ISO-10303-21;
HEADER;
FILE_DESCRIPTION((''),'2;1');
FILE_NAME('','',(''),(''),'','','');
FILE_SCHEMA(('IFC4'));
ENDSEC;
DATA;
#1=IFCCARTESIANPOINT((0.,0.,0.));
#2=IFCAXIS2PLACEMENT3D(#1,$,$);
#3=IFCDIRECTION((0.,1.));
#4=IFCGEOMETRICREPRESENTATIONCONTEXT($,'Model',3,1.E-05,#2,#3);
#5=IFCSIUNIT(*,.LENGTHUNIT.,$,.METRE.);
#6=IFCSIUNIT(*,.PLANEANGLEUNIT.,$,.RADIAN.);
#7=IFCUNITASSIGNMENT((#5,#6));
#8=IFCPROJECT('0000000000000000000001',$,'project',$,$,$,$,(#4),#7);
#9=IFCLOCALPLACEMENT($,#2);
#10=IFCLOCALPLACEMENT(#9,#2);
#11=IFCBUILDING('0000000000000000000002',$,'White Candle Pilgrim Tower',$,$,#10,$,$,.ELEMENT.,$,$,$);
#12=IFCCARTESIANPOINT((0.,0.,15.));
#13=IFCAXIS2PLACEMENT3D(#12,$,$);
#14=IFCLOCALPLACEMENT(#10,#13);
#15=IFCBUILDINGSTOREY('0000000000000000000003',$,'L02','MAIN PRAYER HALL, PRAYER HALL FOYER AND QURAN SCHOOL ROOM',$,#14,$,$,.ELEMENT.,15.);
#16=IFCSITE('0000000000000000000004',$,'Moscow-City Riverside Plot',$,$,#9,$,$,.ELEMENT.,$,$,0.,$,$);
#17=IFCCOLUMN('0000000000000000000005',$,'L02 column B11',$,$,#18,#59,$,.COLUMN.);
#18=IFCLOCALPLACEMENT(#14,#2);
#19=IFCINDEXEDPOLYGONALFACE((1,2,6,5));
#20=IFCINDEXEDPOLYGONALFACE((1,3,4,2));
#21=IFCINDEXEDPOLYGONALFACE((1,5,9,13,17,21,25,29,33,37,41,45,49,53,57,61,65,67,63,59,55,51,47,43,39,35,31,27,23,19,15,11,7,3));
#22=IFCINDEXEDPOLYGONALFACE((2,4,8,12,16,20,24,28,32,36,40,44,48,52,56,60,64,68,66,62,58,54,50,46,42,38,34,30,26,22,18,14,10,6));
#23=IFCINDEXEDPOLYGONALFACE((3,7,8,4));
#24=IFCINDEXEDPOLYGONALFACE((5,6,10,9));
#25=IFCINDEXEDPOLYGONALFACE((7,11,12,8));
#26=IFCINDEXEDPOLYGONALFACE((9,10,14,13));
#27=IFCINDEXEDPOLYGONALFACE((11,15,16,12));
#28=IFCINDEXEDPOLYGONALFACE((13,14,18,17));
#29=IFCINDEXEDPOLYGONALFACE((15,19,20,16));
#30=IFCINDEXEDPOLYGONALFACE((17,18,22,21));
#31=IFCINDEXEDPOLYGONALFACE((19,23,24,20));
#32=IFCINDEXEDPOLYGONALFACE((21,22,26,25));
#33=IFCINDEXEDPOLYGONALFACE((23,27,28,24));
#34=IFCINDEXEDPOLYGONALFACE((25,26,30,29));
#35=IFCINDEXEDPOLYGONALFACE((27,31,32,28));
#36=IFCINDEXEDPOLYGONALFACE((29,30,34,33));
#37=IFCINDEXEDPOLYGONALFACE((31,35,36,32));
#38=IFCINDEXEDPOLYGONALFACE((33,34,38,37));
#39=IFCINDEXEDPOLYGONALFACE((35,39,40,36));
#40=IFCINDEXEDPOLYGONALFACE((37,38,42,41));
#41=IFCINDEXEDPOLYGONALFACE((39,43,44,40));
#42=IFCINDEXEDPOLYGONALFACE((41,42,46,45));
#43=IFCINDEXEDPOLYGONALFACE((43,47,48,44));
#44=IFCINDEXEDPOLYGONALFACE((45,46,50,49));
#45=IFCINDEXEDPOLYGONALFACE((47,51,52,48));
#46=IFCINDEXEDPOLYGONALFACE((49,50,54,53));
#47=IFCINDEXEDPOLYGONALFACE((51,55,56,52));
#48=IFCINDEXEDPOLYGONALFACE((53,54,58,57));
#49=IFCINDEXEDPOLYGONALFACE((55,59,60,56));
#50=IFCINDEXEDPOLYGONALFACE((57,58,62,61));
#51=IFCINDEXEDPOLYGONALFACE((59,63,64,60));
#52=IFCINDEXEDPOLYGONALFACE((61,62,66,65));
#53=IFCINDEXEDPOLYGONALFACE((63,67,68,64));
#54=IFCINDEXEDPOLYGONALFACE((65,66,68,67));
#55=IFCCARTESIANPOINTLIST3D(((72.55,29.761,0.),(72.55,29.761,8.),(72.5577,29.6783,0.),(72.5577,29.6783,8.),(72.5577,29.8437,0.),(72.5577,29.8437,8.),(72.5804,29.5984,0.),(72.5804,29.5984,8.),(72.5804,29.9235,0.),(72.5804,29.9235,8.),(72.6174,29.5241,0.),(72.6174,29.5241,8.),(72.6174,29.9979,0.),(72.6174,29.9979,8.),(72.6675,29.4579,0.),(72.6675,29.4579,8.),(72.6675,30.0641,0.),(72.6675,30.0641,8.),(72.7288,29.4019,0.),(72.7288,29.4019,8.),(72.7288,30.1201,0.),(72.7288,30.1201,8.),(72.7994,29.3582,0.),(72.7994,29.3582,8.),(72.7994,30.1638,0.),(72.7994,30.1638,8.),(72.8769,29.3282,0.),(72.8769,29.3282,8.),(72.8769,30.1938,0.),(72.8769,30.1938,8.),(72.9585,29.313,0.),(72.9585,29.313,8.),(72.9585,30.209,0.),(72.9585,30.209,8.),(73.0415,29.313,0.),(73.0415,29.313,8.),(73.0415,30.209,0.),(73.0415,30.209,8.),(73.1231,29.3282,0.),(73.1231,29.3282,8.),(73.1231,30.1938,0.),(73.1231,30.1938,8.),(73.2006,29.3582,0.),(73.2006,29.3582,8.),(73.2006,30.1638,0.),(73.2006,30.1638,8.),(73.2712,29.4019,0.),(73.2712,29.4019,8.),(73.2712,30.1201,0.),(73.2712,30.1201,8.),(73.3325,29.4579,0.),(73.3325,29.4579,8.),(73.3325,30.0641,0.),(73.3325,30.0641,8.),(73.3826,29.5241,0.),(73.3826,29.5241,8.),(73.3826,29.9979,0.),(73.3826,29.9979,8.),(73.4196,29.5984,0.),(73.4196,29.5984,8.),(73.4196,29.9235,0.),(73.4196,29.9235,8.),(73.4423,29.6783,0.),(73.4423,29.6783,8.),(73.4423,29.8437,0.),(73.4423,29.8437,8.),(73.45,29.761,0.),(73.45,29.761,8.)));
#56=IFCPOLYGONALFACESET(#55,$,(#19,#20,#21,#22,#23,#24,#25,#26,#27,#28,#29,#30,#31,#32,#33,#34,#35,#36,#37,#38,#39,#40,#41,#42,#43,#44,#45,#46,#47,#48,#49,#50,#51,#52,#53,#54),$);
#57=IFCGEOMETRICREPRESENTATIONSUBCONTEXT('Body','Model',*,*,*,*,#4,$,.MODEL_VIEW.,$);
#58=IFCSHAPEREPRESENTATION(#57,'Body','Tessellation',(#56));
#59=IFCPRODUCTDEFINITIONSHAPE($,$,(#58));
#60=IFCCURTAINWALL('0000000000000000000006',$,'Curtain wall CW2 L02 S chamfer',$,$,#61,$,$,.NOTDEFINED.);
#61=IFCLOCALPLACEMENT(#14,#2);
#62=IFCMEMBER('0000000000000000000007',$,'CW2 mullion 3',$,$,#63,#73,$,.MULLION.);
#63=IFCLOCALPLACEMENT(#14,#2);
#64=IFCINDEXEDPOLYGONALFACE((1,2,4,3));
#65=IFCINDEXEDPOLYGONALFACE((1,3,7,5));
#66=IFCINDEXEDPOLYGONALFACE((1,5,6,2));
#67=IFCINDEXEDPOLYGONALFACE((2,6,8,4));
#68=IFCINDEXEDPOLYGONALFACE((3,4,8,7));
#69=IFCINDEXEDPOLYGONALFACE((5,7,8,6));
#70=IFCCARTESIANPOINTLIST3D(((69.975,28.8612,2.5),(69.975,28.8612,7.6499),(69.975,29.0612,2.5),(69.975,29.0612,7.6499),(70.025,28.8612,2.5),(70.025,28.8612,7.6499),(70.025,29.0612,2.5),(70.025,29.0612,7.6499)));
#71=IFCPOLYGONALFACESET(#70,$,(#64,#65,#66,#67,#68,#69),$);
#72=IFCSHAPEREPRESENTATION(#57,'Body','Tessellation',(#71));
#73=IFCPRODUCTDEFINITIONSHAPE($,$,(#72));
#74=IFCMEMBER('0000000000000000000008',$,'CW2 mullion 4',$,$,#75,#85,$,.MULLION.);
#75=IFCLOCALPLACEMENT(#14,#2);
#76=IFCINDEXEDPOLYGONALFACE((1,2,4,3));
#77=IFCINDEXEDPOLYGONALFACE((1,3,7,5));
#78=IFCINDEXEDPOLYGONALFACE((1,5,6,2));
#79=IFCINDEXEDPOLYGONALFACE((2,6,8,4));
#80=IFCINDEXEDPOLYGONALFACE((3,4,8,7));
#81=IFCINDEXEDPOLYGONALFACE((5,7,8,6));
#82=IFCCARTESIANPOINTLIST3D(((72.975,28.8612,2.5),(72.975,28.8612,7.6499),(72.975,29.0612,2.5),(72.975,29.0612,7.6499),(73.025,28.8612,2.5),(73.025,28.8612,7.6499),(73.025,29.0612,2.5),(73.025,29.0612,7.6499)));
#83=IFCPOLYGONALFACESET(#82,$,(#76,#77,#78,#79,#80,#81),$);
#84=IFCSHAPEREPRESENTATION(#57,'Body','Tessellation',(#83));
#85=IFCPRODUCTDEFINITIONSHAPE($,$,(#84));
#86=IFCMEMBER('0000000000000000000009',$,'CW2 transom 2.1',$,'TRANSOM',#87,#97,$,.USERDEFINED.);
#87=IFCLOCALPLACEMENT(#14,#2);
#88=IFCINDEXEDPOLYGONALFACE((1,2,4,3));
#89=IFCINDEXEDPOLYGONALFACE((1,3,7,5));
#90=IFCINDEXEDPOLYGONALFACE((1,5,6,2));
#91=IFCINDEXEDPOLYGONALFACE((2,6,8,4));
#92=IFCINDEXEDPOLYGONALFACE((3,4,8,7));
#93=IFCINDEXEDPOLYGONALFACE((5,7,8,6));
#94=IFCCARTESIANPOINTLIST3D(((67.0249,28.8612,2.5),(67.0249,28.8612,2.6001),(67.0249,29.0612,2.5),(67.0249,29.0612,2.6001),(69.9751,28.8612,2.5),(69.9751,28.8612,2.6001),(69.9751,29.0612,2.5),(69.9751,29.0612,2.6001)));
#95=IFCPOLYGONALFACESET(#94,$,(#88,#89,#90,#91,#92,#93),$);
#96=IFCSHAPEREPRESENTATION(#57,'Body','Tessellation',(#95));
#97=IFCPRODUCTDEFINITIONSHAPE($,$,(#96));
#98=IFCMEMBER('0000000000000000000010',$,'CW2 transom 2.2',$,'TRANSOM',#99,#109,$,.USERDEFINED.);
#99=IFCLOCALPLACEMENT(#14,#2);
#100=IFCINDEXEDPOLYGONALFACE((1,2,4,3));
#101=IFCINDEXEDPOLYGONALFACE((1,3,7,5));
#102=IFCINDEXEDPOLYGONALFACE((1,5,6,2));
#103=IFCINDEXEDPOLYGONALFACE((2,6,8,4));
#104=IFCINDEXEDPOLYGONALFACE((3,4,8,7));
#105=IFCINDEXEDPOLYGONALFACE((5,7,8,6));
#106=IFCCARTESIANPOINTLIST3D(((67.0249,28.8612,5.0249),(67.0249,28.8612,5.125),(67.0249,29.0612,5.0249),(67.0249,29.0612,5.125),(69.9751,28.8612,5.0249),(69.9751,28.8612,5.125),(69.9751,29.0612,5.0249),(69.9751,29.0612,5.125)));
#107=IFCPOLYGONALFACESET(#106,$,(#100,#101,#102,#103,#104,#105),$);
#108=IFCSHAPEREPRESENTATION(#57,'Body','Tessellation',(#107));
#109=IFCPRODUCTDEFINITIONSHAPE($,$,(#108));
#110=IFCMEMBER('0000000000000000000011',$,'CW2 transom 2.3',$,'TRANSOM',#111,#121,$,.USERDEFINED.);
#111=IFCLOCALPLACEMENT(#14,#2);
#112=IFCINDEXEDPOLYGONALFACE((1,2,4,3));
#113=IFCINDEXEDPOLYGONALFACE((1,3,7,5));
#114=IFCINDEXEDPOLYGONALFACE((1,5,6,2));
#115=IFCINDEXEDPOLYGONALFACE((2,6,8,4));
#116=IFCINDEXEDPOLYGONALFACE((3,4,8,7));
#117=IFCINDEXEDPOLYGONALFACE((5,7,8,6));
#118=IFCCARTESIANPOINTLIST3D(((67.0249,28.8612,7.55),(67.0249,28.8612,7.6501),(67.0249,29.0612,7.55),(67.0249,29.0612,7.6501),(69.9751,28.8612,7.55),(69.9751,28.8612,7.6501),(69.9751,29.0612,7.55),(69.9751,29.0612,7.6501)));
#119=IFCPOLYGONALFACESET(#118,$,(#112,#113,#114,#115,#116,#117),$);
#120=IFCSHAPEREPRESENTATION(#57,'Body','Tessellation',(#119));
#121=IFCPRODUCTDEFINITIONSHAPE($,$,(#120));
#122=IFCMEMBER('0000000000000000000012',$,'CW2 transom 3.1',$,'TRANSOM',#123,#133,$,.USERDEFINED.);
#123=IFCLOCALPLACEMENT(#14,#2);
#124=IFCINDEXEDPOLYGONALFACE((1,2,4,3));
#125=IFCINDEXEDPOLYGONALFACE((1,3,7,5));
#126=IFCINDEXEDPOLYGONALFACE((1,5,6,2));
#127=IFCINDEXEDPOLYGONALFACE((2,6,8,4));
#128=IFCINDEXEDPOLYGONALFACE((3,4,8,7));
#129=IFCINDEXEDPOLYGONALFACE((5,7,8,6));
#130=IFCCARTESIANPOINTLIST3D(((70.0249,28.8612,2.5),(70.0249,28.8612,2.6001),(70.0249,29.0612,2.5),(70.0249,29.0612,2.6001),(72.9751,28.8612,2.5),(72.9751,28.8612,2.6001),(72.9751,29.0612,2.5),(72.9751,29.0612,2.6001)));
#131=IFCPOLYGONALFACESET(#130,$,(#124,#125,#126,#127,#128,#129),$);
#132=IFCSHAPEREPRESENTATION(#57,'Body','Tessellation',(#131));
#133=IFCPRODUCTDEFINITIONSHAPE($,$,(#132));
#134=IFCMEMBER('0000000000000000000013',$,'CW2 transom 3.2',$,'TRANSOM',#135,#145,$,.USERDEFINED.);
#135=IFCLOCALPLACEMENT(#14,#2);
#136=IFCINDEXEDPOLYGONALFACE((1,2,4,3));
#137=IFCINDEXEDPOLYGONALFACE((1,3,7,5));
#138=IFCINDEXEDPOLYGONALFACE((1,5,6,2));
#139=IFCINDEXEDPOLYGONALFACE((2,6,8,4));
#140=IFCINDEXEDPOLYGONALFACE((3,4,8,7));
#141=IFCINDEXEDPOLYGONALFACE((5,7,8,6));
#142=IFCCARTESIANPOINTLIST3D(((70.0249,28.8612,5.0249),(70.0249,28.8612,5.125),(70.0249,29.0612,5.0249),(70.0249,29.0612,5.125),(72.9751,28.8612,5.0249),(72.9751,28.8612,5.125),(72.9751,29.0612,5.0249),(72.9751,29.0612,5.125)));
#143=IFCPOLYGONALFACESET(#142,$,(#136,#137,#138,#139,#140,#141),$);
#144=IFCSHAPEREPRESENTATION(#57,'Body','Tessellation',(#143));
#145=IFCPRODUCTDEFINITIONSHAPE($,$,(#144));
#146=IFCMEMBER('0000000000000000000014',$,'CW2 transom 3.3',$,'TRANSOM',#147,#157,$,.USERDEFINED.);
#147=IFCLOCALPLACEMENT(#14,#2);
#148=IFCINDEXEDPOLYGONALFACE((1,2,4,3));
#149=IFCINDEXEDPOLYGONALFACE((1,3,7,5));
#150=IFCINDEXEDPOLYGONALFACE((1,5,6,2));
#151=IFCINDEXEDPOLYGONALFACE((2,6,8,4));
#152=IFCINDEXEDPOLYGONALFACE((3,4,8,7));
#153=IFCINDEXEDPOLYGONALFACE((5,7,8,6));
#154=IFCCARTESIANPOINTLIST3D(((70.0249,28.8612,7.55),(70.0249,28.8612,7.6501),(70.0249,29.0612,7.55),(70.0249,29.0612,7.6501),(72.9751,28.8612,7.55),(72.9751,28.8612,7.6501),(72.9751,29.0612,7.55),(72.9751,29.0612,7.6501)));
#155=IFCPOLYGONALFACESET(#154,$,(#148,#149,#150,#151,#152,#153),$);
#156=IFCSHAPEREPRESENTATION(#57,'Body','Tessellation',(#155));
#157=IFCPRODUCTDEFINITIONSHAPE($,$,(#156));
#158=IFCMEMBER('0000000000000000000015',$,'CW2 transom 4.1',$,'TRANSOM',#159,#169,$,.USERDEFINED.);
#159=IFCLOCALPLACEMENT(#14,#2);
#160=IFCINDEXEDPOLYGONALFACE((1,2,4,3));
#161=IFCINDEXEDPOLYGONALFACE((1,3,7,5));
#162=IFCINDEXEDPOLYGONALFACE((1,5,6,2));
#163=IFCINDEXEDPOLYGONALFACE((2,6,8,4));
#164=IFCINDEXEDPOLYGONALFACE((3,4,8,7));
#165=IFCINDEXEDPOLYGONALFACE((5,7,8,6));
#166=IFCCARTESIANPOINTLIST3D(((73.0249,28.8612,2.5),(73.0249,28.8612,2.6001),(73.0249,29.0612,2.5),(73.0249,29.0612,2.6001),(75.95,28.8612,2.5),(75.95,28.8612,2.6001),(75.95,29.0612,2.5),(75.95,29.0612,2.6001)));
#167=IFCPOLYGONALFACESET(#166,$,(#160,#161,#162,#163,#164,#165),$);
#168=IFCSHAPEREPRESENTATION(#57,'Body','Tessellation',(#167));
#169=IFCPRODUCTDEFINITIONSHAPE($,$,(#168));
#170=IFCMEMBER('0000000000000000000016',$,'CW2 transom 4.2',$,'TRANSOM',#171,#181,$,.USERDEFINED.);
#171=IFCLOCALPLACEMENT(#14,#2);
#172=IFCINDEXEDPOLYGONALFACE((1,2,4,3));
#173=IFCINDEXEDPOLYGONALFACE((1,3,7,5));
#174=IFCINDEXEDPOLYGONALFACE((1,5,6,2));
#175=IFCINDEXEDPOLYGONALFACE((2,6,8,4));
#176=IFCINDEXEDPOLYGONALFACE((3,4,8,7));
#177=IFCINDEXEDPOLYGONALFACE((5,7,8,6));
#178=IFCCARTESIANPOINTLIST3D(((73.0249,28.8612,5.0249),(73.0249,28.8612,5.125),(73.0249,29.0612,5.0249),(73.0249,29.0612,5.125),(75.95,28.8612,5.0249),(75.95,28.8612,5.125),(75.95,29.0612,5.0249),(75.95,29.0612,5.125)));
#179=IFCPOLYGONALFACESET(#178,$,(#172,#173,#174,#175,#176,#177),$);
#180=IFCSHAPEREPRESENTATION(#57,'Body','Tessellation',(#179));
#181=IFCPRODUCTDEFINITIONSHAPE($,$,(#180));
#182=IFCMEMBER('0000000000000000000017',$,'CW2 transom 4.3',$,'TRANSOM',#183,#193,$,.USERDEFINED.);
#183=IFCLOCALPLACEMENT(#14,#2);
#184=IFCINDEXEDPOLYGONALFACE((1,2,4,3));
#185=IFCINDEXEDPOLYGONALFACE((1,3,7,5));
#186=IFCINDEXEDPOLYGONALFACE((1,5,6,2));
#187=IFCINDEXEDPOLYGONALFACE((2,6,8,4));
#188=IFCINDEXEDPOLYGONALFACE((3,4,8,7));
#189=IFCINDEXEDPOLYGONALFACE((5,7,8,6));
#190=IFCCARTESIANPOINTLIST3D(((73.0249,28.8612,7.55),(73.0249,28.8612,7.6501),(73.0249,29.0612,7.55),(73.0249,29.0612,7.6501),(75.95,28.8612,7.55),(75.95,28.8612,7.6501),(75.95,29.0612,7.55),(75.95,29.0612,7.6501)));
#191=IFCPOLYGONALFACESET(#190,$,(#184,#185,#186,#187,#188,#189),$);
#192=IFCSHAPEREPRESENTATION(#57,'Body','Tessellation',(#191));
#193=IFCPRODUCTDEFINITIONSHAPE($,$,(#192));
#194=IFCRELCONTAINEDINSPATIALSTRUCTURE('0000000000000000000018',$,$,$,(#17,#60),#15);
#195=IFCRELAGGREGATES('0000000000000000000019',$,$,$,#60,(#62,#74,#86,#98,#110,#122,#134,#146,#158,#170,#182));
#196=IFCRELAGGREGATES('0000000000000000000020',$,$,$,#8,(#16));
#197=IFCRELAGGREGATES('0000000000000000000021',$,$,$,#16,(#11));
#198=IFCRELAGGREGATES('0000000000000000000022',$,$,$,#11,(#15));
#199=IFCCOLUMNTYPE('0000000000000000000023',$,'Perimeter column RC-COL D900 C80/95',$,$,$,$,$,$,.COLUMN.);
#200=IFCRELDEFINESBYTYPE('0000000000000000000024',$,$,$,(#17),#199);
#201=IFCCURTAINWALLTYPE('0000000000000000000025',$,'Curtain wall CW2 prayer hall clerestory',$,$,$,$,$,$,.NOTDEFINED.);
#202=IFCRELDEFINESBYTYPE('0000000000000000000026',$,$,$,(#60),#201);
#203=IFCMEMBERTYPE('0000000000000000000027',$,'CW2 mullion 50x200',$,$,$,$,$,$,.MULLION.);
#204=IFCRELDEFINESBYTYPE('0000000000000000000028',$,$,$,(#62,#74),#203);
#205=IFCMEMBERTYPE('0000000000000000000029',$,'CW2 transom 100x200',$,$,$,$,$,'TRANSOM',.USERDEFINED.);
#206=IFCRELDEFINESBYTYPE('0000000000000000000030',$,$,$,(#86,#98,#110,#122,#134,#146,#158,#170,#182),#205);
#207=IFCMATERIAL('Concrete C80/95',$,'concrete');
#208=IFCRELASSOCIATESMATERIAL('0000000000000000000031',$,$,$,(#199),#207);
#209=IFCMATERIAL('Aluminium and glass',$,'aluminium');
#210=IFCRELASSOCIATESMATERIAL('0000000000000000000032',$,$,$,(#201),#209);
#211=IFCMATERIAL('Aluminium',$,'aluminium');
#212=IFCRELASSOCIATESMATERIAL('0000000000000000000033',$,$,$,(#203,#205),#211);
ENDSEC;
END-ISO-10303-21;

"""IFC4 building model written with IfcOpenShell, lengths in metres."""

from ifc_helpers import new_model, si_unit, direction, frame, origin, origin_2d, place, context, subcontext, project, spatial, rectangle, circle, extrude, material, material_profile, profile_set, type_object, element, aggregate, save


model = new_model("IFC4")

# Units and contexts
model_context = context("Model", 3, precision=1e-05, world=origin(), true_north=direction((0.0, 1.0)))
body_context = subcontext(model_context, "Body", "Model", "MODEL_VIEW")
ifc_project = project(units=[si_unit("LENGTHUNIT", "METRE"), si_unit("PLANEANGLEUNIT", "RADIAN")], contexts=[model_context])

# Site, building, storey
site_placement = place(None, origin())
site = spatial("IfcSite", under=ifc_project, at=site_placement, Name="Moscow-City Riverside Plot", CompositionType="ELEMENT", RefElevation=0.0)
building_placement = place(site_placement, origin())
building = spatial("IfcBuilding", under=site, at=building_placement, Name="White Candle Pilgrim Tower", CompositionType="ELEMENT")
storey_placement = place(building_placement, frame((0.0, 0.0, 15.0)))
storey = spatial("IfcBuildingStorey", under=building, at=storey_placement, Name="L02", Description="MAIN PRAYER HALL, PRAYER HALL FOYER AND QURAN SCHOOL ROOM", CompositionType="ELEMENT", Elevation=15.0)

# Column
ifc_material_1 = material(Name="Concrete C80/95", Category="concrete")
ifc_material_profile_1 = material_profile(ifc_material_1, circle(Radius=0.45, at=origin_2d()), Name="RC-COL D900")
ifc_profile_set_1 = profile_set([ifc_material_profile_1], Name="Concrete C80/95")
column_type = type_object("IfcColumnType", Name="Perimeter column RC-COL D900 C80/95", PredefinedType="COLUMN", material=ifc_profile_set_1)
column_placement = place(storey_placement, frame((73.0, 29.761, 0.0), z_axis=(0.0, 0.0, 1.0), x_axis=(1.0, 0.0, 0.0)))
element("IfcColumn", 1, at=column_placement, inside=storey, type_object=column_type, Name="L02 column B11", PredefinedType="COLUMN", context=body_context, shape_type="SweptSolid", body=[
    extrude(circle(Radius=0.45, at=origin_2d()), origin(), (0.0, 0.0, 1.0), 8.0),
])

# Curtain wall, members
ifc_material_2 = material(Name="Aluminium and glass", Category="aluminium")
curtain_wall_type = type_object("IfcCurtainWallType", Name="Curtain wall CW2 prayer hall clerestory", PredefinedType="NOTDEFINED", material=ifc_material_2)
curtain_wall_placement = place(storey_placement, origin())
curtain_wall = element("IfcCurtainWall", 2, at=curtain_wall_placement, inside=storey, type_object=curtain_wall_type, Name="Curtain wall CW2 L02 S chamfer", PredefinedType="NOTDEFINED")
ifc_material_3 = material(Name="Aluminium", Category="aluminium")
ifc_material_profile_2 = material_profile(ifc_material_3, rectangle(XDim=0.2, YDim=0.05, at=origin_2d()), Name="CW2 mullion 50x200")
ifc_profile_set_2 = profile_set([ifc_material_profile_2], Name="Aluminium")
member_type_1 = type_object("IfcMemberType", Name="CW2 mullion 50x200", PredefinedType="MULLION", material=ifc_profile_set_2)
member_1_placement = place(storey_placement, frame((70.0, 28.9612, 2.5), z_axis=(0.0, 0.0, 1.0), x_axis=(0.0, 1.0, 0.0)))
member_1 = element("IfcMember", 3, at=member_1_placement, type_object=member_type_1, Name="CW2 mullion 3", PredefinedType="MULLION", context=body_context, shape_type="SweptSolid", body=[
    extrude(rectangle(XDim=0.2, YDim=0.05, at=origin_2d()), origin(), (0.0, 0.0, 1.0), 5.1499),
])
member_2_placement = place(storey_placement, frame((73.0, 28.9612, 2.5), z_axis=(0.0, 0.0, 1.0), x_axis=(0.0, 1.0, 0.0)))
member_2 = element("IfcMember", 4, at=member_2_placement, type_object=member_type_1, Name="CW2 mullion 4", PredefinedType="MULLION", context=body_context, shape_type="SweptSolid", body=[
    extrude(rectangle(XDim=0.2, YDim=0.05, at=origin_2d()), origin(), (0.0, 0.0, 1.0), 5.1499),
])
ifc_material_profile_3 = material_profile(ifc_material_3, rectangle(XDim=0.2, YDim=0.1001, at=origin_2d()), Name="CW2 transom 100x200")
ifc_profile_set_3 = profile_set([ifc_material_profile_3], Name="Aluminium")
member_type_2 = type_object("IfcMemberType", Name="CW2 transom 100x200", ElementType="TRANSOM", PredefinedType="USERDEFINED", material=ifc_profile_set_3)
member_3_placement = place(storey_placement, frame((67.0249, 28.9612, 2.55), z_axis=(1.0, 0.0, 0.0), x_axis=(0.0, 1.0, 0.0)))
member_3 = element("IfcMember", 5, at=member_3_placement, type_object=member_type_2, Name="CW2 transom 2.1", ObjectType="TRANSOM", PredefinedType="USERDEFINED", context=body_context, shape_type="SweptSolid", body=[
    extrude(rectangle(XDim=0.2, YDim=0.1001, at=origin_2d()), origin(), (0.0, 0.0, 1.0), 2.9502),
])
member_4_placement = place(storey_placement, frame((67.0249, 28.9612, 5.075), z_axis=(1.0, 0.0, 0.0), x_axis=(0.0, 1.0, 0.0)))
member_4 = element("IfcMember", 6, at=member_4_placement, type_object=member_type_2, Name="CW2 transom 2.2", ObjectType="TRANSOM", PredefinedType="USERDEFINED", context=body_context, shape_type="SweptSolid", body=[
    extrude(rectangle(XDim=0.2, YDim=0.1001, at=origin_2d()), origin(), (0.0, 0.0, 1.0), 2.9502),
])
member_5_placement = place(storey_placement, frame((67.0249, 28.9612, 7.6001), z_axis=(1.0, 0.0, 0.0), x_axis=(0.0, 1.0, 0.0)))
member_5 = element("IfcMember", 7, at=member_5_placement, type_object=member_type_2, Name="CW2 transom 2.3", ObjectType="TRANSOM", PredefinedType="USERDEFINED", context=body_context, shape_type="SweptSolid", body=[
    extrude(rectangle(XDim=0.2, YDim=0.1001, at=origin_2d()), origin(), (0.0, 0.0, 1.0), 2.9502),
])
member_6_placement = place(storey_placement, frame((70.0249, 28.9612, 2.55), z_axis=(1.0, 0.0, 0.0), x_axis=(0.0, 1.0, 0.0)))
member_6 = element("IfcMember", 8, at=member_6_placement, type_object=member_type_2, Name="CW2 transom 3.1", ObjectType="TRANSOM", PredefinedType="USERDEFINED", context=body_context, shape_type="SweptSolid", body=[
    extrude(rectangle(XDim=0.2, YDim=0.1001, at=origin_2d()), origin(), (0.0, 0.0, 1.0), 2.9502),
])
member_7_placement = place(storey_placement, frame((70.0249, 28.9612, 5.075), z_axis=(1.0, 0.0, 0.0), x_axis=(0.0, 1.0, 0.0)))
member_7 = element("IfcMember", 9, at=member_7_placement, type_object=member_type_2, Name="CW2 transom 3.2", ObjectType="TRANSOM", PredefinedType="USERDEFINED", context=body_context, shape_type="SweptSolid", body=[
    extrude(rectangle(XDim=0.2, YDim=0.1001, at=origin_2d()), origin(), (0.0, 0.0, 1.0), 2.9502),
])
member_8_placement = place(storey_placement, frame((70.0249, 28.9612, 7.6001), z_axis=(1.0, 0.0, 0.0), x_axis=(0.0, 1.0, 0.0)))
member_8 = element("IfcMember", 10, at=member_8_placement, type_object=member_type_2, Name="CW2 transom 3.3", ObjectType="TRANSOM", PredefinedType="USERDEFINED", context=body_context, shape_type="SweptSolid", body=[
    extrude(rectangle(XDim=0.2, YDim=0.1001, at=origin_2d()), origin(), (0.0, 0.0, 1.0), 2.9502),
])
member_9_placement = place(storey_placement, frame((73.0249, 28.9612, 2.55), z_axis=(1.0, 0.0, 0.0), x_axis=(0.0, 1.0, 0.0)))
member_9 = element("IfcMember", 11, at=member_9_placement, type_object=member_type_2, Name="CW2 transom 4.1", ObjectType="TRANSOM", PredefinedType="USERDEFINED", context=body_context, shape_type="SweptSolid", body=[
    extrude(rectangle(XDim=0.2, YDim=0.1001, at=origin_2d()), origin(), (0.0, 0.0, 1.0), 2.925),
])
member_10_placement = place(storey_placement, frame((73.0249, 28.9612, 5.075), z_axis=(1.0, 0.0, 0.0), x_axis=(0.0, 1.0, 0.0)))
member_10 = element("IfcMember", 12, at=member_10_placement, type_object=member_type_2, Name="CW2 transom 4.2", ObjectType="TRANSOM", PredefinedType="USERDEFINED", context=body_context, shape_type="SweptSolid", body=[
    extrude(rectangle(XDim=0.2, YDim=0.1001, at=origin_2d()), origin(), (0.0, 0.0, 1.0), 2.925),
])
member_11_placement = place(storey_placement, frame((73.0249, 28.9612, 7.6001), z_axis=(1.0, 0.0, 0.0), x_axis=(0.0, 1.0, 0.0)))
member_11 = element("IfcMember", 13, at=member_11_placement, type_object=member_type_2, Name="CW2 transom 4.3", ObjectType="TRANSOM", PredefinedType="USERDEFINED", context=body_context, shape_type="SweptSolid", body=[
    extrude(rectangle(XDim=0.2, YDim=0.1001, at=origin_2d()), origin(), (0.0, 0.0, 1.0), 2.925),
])

aggregate(curtain_wall, [member_1, member_2, member_3, member_4, member_5, member_6, member_7, member_8, member_9, member_10, member_11])

save(model, "model.ifc")
